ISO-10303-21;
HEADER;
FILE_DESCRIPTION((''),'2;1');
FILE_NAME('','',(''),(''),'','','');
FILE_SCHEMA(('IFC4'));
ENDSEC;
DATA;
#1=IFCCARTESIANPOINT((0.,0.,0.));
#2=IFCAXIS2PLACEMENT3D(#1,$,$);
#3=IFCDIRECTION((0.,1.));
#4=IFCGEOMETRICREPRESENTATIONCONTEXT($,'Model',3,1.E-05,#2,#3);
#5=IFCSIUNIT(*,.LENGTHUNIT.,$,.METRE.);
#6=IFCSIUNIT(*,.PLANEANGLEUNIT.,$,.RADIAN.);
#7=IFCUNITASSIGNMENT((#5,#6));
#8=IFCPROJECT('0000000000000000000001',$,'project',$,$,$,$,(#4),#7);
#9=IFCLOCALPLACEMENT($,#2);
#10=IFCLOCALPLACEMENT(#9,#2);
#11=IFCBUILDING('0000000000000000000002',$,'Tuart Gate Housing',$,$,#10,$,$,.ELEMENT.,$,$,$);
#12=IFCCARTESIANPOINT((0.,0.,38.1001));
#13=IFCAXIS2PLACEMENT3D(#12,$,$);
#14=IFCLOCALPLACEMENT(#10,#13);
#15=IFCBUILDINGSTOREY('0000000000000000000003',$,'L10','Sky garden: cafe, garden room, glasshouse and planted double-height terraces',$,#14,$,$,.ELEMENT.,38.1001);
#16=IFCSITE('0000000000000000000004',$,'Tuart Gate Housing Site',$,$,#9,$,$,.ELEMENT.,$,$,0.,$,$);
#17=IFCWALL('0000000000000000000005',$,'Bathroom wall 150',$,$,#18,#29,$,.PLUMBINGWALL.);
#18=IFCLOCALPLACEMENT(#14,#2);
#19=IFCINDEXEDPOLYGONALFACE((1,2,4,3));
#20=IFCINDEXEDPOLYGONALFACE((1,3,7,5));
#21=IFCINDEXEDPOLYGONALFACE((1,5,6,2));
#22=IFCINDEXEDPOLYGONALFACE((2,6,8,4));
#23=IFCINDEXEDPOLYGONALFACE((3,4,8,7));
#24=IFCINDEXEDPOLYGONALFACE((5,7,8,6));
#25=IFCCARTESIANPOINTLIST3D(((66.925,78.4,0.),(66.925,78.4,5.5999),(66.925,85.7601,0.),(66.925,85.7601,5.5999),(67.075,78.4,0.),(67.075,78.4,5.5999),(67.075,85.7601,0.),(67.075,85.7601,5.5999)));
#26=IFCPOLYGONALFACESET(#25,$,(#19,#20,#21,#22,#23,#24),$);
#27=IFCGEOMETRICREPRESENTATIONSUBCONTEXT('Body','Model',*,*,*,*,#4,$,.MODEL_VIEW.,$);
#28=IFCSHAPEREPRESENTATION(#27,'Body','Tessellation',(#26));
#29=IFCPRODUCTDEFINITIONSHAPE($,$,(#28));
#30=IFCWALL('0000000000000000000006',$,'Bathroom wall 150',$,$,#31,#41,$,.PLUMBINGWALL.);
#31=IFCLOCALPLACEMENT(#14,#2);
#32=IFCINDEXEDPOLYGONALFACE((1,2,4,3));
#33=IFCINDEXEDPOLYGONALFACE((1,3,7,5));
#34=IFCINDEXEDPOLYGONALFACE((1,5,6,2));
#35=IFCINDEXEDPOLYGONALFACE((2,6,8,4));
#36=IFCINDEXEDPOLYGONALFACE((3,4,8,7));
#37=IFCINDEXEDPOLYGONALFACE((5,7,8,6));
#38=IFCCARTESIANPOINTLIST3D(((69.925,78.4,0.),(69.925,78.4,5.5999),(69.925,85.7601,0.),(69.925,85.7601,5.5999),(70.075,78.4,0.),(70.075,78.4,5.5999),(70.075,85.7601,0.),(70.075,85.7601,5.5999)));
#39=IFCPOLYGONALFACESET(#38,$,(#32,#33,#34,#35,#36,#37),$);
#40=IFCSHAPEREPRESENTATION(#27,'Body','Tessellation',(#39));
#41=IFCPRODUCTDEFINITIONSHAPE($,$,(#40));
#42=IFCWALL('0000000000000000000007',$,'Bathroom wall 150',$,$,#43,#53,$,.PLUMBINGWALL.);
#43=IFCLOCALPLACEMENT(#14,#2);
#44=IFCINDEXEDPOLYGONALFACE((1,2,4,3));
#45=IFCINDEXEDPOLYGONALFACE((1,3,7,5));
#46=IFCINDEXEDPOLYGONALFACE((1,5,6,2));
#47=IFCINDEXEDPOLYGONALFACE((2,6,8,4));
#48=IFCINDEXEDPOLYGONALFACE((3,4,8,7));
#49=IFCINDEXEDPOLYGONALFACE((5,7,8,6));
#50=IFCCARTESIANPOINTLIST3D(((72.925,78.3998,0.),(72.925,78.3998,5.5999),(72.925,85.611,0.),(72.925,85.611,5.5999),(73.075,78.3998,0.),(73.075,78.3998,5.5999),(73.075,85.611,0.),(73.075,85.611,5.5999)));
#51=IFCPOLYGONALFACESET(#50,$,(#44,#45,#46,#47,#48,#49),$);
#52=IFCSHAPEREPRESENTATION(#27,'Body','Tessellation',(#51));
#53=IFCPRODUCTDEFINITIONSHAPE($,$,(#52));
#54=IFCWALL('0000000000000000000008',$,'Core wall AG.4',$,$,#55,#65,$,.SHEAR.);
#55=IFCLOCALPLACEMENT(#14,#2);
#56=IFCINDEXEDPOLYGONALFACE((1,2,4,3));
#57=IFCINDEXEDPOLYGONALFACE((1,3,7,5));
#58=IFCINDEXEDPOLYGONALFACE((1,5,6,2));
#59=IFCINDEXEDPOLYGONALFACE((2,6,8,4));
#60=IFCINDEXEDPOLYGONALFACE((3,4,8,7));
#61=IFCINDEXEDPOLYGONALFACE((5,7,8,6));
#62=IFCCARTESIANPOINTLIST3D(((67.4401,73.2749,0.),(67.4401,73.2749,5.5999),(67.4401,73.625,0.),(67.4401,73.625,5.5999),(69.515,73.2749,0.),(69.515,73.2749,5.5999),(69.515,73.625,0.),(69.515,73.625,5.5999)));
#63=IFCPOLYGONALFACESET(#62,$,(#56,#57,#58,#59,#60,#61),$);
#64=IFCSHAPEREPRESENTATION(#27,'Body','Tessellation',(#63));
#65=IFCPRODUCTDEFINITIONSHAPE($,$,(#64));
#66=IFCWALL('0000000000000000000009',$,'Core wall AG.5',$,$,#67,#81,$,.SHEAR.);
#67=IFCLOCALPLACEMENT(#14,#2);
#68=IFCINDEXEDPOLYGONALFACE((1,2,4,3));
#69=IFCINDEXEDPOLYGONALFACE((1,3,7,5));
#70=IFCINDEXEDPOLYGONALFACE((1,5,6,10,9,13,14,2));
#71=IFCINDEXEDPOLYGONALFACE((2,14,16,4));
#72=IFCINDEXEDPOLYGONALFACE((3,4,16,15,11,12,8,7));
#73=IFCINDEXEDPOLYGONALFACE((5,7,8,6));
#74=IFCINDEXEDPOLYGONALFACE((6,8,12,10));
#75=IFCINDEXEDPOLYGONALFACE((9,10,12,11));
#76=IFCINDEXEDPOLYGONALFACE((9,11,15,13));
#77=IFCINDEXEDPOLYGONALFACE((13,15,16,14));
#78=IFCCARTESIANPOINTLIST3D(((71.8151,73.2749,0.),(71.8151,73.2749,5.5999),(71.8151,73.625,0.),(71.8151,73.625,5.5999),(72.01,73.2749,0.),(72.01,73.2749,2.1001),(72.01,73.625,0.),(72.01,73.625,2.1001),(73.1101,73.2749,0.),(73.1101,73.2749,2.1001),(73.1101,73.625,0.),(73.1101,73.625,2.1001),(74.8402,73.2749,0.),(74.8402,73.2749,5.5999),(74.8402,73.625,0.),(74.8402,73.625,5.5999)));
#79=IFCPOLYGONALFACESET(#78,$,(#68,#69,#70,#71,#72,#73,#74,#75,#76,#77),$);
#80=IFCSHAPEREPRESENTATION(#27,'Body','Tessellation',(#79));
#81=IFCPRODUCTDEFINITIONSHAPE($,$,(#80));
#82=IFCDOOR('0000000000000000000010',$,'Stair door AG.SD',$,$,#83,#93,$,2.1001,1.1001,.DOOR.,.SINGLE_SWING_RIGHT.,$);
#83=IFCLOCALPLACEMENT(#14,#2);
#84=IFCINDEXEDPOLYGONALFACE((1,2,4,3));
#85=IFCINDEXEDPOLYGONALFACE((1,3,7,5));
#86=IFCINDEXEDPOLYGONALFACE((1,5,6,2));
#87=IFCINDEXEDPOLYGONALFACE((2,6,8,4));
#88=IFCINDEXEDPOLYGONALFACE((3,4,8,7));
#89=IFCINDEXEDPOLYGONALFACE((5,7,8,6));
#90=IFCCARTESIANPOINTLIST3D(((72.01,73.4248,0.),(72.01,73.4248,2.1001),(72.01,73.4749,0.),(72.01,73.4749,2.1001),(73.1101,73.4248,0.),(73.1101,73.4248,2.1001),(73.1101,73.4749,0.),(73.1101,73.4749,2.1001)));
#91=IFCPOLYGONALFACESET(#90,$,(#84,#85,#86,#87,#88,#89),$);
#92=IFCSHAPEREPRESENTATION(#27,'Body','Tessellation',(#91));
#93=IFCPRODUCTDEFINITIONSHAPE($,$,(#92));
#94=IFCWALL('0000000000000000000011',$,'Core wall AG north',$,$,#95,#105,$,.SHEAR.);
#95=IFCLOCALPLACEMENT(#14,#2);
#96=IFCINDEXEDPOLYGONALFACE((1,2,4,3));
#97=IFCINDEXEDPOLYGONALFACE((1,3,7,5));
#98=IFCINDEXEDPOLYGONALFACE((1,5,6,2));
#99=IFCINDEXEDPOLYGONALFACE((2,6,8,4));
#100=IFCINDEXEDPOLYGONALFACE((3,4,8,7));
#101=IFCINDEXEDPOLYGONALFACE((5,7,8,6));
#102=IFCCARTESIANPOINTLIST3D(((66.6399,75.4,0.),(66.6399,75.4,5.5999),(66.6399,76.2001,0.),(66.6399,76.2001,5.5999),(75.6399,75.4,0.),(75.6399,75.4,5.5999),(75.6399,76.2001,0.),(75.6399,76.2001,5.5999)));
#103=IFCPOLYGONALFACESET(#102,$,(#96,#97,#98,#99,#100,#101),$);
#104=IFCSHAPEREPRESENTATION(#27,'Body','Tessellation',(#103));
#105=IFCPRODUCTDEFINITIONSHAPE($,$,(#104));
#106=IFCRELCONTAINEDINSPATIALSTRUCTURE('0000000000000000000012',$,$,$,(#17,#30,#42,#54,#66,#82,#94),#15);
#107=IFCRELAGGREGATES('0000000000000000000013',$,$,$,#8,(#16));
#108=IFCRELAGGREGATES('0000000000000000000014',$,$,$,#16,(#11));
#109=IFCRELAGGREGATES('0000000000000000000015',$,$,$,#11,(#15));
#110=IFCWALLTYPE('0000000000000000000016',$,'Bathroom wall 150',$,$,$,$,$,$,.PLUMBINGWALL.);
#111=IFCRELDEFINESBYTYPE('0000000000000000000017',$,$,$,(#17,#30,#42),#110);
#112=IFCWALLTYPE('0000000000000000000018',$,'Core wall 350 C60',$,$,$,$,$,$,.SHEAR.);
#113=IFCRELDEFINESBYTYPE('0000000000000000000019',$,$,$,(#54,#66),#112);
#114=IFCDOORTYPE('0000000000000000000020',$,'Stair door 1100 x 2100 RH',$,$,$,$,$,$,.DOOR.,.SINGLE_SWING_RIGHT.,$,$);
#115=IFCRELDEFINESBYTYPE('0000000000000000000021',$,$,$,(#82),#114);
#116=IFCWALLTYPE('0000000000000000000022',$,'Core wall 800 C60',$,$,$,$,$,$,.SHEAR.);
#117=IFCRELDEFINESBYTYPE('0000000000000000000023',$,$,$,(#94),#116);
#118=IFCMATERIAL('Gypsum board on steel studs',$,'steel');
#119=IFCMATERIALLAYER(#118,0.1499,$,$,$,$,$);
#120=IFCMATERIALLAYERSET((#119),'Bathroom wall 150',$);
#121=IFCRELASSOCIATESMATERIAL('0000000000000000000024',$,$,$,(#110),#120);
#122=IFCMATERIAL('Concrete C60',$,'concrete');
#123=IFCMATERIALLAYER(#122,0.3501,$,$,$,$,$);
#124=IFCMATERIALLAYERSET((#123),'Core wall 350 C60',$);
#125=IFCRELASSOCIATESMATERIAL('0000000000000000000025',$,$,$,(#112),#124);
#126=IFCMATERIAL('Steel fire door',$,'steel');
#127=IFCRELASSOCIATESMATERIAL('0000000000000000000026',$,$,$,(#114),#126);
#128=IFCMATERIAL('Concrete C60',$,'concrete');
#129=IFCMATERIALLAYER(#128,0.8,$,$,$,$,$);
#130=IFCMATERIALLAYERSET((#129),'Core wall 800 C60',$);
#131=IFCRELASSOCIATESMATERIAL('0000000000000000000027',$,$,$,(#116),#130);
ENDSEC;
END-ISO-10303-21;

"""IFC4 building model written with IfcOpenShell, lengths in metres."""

from ifc_helpers import new_model, si_unit, direction, frame, frame_2d, origin, place, context, subcontext, project, spatial, rectangle, extrude, material, layer, layer_set, type_object, element, fill, save


model = new_model("IFC4")

# Units and contexts
model_context = context("Model", 3, precision=1e-05, world=origin(), true_north=direction((0.0, 1.0)))
body_context = subcontext(model_context, "Body", "Model", "MODEL_VIEW")
ifc_project = project(units=[si_unit("LENGTHUNIT", "METRE"), si_unit("PLANEANGLEUNIT", "RADIAN")], contexts=[model_context])

# Site, building, storey
site_placement = place(None, origin())
site = spatial("IfcSite", under=ifc_project, at=site_placement, Name="Tuart Gate Housing Site", CompositionType="ELEMENT", RefElevation=0.0)
building_placement = place(site_placement, origin())
building = spatial("IfcBuilding", under=site, at=building_placement, Name="Tuart Gate Housing", CompositionType="ELEMENT")
storey_placement = place(building_placement, frame((0.0, 0.0, 38.1001)))
storey = spatial("IfcBuildingStorey", under=building, at=storey_placement, Name="L10", Description="Sky garden: cafe, garden room, glasshouse and planted double-height terraces", CompositionType="ELEMENT", Elevation=38.1001)

# Walls
ifc_material_1 = material(Name="Gypsum board on steel studs", Category="steel")
ifc_layer_1 = layer(ifc_material_1, 0.1499)
ifc_layer_set_1 = layer_set([ifc_layer_1], Name="Bathroom wall 150")
wall_type_1 = type_object("IfcWallType", Name="Bathroom wall 150", PredefinedType="PLUMBINGWALL", material=ifc_layer_set_1)
for number, where, z_axis, x_axis, name in (
    (1, (67.0, 78.3999, 0.0), (0.0, 0.0, 1.0), (0.0, 1.0, 0.0), "Bathroom wall 150"),
    (2, (70.0, 78.3999, 0.0), (0.0, 0.0, 1.0), (0.0, 1.0, 0.0), "Bathroom wall 150"),
):
    element("IfcWall", number, at=place(storey_placement, frame(where, z_axis=z_axis, x_axis=x_axis)), inside=storey, type_object=wall_type_1, Name=name, PredefinedType="PLUMBINGWALL", context=body_context, shape_type="SweptSolid", body=[
        extrude(rectangle(XDim=7.3601, YDim=0.1499, at=frame_2d((3.6802, 0.0))), origin(), (0.0, 0.0, 1.0), 5.5999),
    ])
wall_1_placement = place(storey_placement, frame((73.0, 78.3999, 0.0), z_axis=(0.0, 0.0, 1.0), x_axis=(0.0, 1.0, 0.0)))
element("IfcWall", 3, at=wall_1_placement, inside=storey, type_object=wall_type_1, Name="Bathroom wall 150", PredefinedType="PLUMBINGWALL", context=body_context, shape_type="SweptSolid", body=[
    extrude(rectangle(XDim=7.2112, YDim=0.1499, at=frame_2d((3.6055, 0.0))), origin(), (0.0, 0.0, 1.0), 5.5999),
])
ifc_material_2 = material(Name="Concrete C60", Category="concrete")
ifc_layer_2 = layer(ifc_material_2, 0.3501)
ifc_layer_set_2 = layer_set([ifc_layer_2], Name="Core wall 350 C60")
wall_type_2 = type_object("IfcWallType", Name="Core wall 350 C60", PredefinedType="SHEAR", material=ifc_layer_set_2)
wall_2_placement = place(storey_placement, frame((67.4399, 73.45, 0.0), z_axis=(0.0, 0.0, 1.0), x_axis=(1.0, 0.0, 0.0)))
element("IfcWall", 4, at=wall_2_placement, inside=storey, type_object=wall_type_2, Name="Core wall AG.4", PredefinedType="SHEAR", context=body_context, shape_type="SweptSolid", body=[
    extrude(rectangle(XDim=2.075, YDim=0.3501, at=frame_2d((1.0376, 0.0))), origin(), (0.0, 0.0, 1.0), 5.5999),
])

# Wall, opening, door
wall_3_placement = place(storey_placement, frame((71.8149, 73.45, 0.0), z_axis=(0.0, 0.0, 1.0), x_axis=(1.0, 0.0, 0.0)))
wall_3 = element("IfcWall", 5, at=wall_3_placement, inside=storey, type_object=wall_type_2, Name="Core wall AG.5", PredefinedType="SHEAR", context=body_context, shape_type="SweptSolid", body=[
    extrude(rectangle(XDim=3.0251, YDim=0.3501, at=frame_2d((1.5127, 0.0))), origin(), (0.0, 0.0, 1.0), 5.5999),
])
opening_placement = place(wall_3_placement, frame((0.1951, 0.0, 0.0)))
opening = element("IfcOpeningElement", 6, at=opening_placement, cuts=wall_3, PredefinedType="OPENING", context=body_context, shape_type="SweptSolid", body=[
    extrude(rectangle(XDim=1.1001, YDim=2.1001, at=frame_2d((0.55, 1.05))), frame((0.0, 0.1851, 0.0), z_axis=(0.0, -1.0, 0.0), x_axis=(1.0, 0.0, 0.0)), (0.0, 0.0, 1.0), 0.3701),
])
ifc_material_3 = material(Name="Steel fire door", Category="steel")
door_type = type_object("IfcDoorType", Name="Stair door 1100 x 2100 RH", OperationType="SINGLE_SWING_RIGHT", PredefinedType="DOOR", material=ifc_material_3)
door_placement = place(opening_placement, frame((1.1001, 0.0, 0.0), z_axis=(0.0, 0.0, 1.0), x_axis=(-1.0, 0.0, 0.0)))
door = element("IfcDoor", 7, at=door_placement, inside=storey, type_object=door_type, Name="Stair door AG.SD", OperationType="SINGLE_SWING_RIGHT", OverallHeight=2.1001, OverallWidth=1.1001, PredefinedType="DOOR", context=body_context, shape_type="SweptSolid", body=[
    extrude(rectangle(XDim=1.1001, YDim=2.1001, at=frame_2d((0.55, 1.05))), frame((0.0, 0.0251, 0.0), z_axis=(0.0, -1.0, 0.0), x_axis=(1.0, 0.0, 0.0)), (0.0, 0.0, 1.0), 0.05),
])
fill(opening, door)

# Wall
ifc_material_4 = material(Name="Concrete C60", Category="concrete")
ifc_layer_3 = layer(ifc_material_4, 0.8)
ifc_layer_set_3 = layer_set([ifc_layer_3], Name="Core wall 800 C60")
wall_type_3 = type_object("IfcWallType", Name="Core wall 800 C60", PredefinedType="SHEAR", material=ifc_layer_set_3)
wall_4_placement = place(storey_placement, frame((66.6399, 75.8, 0.0), z_axis=(0.0, 0.0, 1.0), x_axis=(1.0, 0.0, 0.0)))
element("IfcWall", 8, at=wall_4_placement, inside=storey, type_object=wall_type_3, Name="Core wall AG north", PredefinedType="SHEAR", context=body_context, shape_type="SweptSolid", body=[
    extrude(rectangle(XDim=9.0, YDim=0.8, at=frame_2d((4.5, 0.0))), origin(), (0.0, 0.0, 1.0), 5.5999),
])

save(model, "model.ifc")
